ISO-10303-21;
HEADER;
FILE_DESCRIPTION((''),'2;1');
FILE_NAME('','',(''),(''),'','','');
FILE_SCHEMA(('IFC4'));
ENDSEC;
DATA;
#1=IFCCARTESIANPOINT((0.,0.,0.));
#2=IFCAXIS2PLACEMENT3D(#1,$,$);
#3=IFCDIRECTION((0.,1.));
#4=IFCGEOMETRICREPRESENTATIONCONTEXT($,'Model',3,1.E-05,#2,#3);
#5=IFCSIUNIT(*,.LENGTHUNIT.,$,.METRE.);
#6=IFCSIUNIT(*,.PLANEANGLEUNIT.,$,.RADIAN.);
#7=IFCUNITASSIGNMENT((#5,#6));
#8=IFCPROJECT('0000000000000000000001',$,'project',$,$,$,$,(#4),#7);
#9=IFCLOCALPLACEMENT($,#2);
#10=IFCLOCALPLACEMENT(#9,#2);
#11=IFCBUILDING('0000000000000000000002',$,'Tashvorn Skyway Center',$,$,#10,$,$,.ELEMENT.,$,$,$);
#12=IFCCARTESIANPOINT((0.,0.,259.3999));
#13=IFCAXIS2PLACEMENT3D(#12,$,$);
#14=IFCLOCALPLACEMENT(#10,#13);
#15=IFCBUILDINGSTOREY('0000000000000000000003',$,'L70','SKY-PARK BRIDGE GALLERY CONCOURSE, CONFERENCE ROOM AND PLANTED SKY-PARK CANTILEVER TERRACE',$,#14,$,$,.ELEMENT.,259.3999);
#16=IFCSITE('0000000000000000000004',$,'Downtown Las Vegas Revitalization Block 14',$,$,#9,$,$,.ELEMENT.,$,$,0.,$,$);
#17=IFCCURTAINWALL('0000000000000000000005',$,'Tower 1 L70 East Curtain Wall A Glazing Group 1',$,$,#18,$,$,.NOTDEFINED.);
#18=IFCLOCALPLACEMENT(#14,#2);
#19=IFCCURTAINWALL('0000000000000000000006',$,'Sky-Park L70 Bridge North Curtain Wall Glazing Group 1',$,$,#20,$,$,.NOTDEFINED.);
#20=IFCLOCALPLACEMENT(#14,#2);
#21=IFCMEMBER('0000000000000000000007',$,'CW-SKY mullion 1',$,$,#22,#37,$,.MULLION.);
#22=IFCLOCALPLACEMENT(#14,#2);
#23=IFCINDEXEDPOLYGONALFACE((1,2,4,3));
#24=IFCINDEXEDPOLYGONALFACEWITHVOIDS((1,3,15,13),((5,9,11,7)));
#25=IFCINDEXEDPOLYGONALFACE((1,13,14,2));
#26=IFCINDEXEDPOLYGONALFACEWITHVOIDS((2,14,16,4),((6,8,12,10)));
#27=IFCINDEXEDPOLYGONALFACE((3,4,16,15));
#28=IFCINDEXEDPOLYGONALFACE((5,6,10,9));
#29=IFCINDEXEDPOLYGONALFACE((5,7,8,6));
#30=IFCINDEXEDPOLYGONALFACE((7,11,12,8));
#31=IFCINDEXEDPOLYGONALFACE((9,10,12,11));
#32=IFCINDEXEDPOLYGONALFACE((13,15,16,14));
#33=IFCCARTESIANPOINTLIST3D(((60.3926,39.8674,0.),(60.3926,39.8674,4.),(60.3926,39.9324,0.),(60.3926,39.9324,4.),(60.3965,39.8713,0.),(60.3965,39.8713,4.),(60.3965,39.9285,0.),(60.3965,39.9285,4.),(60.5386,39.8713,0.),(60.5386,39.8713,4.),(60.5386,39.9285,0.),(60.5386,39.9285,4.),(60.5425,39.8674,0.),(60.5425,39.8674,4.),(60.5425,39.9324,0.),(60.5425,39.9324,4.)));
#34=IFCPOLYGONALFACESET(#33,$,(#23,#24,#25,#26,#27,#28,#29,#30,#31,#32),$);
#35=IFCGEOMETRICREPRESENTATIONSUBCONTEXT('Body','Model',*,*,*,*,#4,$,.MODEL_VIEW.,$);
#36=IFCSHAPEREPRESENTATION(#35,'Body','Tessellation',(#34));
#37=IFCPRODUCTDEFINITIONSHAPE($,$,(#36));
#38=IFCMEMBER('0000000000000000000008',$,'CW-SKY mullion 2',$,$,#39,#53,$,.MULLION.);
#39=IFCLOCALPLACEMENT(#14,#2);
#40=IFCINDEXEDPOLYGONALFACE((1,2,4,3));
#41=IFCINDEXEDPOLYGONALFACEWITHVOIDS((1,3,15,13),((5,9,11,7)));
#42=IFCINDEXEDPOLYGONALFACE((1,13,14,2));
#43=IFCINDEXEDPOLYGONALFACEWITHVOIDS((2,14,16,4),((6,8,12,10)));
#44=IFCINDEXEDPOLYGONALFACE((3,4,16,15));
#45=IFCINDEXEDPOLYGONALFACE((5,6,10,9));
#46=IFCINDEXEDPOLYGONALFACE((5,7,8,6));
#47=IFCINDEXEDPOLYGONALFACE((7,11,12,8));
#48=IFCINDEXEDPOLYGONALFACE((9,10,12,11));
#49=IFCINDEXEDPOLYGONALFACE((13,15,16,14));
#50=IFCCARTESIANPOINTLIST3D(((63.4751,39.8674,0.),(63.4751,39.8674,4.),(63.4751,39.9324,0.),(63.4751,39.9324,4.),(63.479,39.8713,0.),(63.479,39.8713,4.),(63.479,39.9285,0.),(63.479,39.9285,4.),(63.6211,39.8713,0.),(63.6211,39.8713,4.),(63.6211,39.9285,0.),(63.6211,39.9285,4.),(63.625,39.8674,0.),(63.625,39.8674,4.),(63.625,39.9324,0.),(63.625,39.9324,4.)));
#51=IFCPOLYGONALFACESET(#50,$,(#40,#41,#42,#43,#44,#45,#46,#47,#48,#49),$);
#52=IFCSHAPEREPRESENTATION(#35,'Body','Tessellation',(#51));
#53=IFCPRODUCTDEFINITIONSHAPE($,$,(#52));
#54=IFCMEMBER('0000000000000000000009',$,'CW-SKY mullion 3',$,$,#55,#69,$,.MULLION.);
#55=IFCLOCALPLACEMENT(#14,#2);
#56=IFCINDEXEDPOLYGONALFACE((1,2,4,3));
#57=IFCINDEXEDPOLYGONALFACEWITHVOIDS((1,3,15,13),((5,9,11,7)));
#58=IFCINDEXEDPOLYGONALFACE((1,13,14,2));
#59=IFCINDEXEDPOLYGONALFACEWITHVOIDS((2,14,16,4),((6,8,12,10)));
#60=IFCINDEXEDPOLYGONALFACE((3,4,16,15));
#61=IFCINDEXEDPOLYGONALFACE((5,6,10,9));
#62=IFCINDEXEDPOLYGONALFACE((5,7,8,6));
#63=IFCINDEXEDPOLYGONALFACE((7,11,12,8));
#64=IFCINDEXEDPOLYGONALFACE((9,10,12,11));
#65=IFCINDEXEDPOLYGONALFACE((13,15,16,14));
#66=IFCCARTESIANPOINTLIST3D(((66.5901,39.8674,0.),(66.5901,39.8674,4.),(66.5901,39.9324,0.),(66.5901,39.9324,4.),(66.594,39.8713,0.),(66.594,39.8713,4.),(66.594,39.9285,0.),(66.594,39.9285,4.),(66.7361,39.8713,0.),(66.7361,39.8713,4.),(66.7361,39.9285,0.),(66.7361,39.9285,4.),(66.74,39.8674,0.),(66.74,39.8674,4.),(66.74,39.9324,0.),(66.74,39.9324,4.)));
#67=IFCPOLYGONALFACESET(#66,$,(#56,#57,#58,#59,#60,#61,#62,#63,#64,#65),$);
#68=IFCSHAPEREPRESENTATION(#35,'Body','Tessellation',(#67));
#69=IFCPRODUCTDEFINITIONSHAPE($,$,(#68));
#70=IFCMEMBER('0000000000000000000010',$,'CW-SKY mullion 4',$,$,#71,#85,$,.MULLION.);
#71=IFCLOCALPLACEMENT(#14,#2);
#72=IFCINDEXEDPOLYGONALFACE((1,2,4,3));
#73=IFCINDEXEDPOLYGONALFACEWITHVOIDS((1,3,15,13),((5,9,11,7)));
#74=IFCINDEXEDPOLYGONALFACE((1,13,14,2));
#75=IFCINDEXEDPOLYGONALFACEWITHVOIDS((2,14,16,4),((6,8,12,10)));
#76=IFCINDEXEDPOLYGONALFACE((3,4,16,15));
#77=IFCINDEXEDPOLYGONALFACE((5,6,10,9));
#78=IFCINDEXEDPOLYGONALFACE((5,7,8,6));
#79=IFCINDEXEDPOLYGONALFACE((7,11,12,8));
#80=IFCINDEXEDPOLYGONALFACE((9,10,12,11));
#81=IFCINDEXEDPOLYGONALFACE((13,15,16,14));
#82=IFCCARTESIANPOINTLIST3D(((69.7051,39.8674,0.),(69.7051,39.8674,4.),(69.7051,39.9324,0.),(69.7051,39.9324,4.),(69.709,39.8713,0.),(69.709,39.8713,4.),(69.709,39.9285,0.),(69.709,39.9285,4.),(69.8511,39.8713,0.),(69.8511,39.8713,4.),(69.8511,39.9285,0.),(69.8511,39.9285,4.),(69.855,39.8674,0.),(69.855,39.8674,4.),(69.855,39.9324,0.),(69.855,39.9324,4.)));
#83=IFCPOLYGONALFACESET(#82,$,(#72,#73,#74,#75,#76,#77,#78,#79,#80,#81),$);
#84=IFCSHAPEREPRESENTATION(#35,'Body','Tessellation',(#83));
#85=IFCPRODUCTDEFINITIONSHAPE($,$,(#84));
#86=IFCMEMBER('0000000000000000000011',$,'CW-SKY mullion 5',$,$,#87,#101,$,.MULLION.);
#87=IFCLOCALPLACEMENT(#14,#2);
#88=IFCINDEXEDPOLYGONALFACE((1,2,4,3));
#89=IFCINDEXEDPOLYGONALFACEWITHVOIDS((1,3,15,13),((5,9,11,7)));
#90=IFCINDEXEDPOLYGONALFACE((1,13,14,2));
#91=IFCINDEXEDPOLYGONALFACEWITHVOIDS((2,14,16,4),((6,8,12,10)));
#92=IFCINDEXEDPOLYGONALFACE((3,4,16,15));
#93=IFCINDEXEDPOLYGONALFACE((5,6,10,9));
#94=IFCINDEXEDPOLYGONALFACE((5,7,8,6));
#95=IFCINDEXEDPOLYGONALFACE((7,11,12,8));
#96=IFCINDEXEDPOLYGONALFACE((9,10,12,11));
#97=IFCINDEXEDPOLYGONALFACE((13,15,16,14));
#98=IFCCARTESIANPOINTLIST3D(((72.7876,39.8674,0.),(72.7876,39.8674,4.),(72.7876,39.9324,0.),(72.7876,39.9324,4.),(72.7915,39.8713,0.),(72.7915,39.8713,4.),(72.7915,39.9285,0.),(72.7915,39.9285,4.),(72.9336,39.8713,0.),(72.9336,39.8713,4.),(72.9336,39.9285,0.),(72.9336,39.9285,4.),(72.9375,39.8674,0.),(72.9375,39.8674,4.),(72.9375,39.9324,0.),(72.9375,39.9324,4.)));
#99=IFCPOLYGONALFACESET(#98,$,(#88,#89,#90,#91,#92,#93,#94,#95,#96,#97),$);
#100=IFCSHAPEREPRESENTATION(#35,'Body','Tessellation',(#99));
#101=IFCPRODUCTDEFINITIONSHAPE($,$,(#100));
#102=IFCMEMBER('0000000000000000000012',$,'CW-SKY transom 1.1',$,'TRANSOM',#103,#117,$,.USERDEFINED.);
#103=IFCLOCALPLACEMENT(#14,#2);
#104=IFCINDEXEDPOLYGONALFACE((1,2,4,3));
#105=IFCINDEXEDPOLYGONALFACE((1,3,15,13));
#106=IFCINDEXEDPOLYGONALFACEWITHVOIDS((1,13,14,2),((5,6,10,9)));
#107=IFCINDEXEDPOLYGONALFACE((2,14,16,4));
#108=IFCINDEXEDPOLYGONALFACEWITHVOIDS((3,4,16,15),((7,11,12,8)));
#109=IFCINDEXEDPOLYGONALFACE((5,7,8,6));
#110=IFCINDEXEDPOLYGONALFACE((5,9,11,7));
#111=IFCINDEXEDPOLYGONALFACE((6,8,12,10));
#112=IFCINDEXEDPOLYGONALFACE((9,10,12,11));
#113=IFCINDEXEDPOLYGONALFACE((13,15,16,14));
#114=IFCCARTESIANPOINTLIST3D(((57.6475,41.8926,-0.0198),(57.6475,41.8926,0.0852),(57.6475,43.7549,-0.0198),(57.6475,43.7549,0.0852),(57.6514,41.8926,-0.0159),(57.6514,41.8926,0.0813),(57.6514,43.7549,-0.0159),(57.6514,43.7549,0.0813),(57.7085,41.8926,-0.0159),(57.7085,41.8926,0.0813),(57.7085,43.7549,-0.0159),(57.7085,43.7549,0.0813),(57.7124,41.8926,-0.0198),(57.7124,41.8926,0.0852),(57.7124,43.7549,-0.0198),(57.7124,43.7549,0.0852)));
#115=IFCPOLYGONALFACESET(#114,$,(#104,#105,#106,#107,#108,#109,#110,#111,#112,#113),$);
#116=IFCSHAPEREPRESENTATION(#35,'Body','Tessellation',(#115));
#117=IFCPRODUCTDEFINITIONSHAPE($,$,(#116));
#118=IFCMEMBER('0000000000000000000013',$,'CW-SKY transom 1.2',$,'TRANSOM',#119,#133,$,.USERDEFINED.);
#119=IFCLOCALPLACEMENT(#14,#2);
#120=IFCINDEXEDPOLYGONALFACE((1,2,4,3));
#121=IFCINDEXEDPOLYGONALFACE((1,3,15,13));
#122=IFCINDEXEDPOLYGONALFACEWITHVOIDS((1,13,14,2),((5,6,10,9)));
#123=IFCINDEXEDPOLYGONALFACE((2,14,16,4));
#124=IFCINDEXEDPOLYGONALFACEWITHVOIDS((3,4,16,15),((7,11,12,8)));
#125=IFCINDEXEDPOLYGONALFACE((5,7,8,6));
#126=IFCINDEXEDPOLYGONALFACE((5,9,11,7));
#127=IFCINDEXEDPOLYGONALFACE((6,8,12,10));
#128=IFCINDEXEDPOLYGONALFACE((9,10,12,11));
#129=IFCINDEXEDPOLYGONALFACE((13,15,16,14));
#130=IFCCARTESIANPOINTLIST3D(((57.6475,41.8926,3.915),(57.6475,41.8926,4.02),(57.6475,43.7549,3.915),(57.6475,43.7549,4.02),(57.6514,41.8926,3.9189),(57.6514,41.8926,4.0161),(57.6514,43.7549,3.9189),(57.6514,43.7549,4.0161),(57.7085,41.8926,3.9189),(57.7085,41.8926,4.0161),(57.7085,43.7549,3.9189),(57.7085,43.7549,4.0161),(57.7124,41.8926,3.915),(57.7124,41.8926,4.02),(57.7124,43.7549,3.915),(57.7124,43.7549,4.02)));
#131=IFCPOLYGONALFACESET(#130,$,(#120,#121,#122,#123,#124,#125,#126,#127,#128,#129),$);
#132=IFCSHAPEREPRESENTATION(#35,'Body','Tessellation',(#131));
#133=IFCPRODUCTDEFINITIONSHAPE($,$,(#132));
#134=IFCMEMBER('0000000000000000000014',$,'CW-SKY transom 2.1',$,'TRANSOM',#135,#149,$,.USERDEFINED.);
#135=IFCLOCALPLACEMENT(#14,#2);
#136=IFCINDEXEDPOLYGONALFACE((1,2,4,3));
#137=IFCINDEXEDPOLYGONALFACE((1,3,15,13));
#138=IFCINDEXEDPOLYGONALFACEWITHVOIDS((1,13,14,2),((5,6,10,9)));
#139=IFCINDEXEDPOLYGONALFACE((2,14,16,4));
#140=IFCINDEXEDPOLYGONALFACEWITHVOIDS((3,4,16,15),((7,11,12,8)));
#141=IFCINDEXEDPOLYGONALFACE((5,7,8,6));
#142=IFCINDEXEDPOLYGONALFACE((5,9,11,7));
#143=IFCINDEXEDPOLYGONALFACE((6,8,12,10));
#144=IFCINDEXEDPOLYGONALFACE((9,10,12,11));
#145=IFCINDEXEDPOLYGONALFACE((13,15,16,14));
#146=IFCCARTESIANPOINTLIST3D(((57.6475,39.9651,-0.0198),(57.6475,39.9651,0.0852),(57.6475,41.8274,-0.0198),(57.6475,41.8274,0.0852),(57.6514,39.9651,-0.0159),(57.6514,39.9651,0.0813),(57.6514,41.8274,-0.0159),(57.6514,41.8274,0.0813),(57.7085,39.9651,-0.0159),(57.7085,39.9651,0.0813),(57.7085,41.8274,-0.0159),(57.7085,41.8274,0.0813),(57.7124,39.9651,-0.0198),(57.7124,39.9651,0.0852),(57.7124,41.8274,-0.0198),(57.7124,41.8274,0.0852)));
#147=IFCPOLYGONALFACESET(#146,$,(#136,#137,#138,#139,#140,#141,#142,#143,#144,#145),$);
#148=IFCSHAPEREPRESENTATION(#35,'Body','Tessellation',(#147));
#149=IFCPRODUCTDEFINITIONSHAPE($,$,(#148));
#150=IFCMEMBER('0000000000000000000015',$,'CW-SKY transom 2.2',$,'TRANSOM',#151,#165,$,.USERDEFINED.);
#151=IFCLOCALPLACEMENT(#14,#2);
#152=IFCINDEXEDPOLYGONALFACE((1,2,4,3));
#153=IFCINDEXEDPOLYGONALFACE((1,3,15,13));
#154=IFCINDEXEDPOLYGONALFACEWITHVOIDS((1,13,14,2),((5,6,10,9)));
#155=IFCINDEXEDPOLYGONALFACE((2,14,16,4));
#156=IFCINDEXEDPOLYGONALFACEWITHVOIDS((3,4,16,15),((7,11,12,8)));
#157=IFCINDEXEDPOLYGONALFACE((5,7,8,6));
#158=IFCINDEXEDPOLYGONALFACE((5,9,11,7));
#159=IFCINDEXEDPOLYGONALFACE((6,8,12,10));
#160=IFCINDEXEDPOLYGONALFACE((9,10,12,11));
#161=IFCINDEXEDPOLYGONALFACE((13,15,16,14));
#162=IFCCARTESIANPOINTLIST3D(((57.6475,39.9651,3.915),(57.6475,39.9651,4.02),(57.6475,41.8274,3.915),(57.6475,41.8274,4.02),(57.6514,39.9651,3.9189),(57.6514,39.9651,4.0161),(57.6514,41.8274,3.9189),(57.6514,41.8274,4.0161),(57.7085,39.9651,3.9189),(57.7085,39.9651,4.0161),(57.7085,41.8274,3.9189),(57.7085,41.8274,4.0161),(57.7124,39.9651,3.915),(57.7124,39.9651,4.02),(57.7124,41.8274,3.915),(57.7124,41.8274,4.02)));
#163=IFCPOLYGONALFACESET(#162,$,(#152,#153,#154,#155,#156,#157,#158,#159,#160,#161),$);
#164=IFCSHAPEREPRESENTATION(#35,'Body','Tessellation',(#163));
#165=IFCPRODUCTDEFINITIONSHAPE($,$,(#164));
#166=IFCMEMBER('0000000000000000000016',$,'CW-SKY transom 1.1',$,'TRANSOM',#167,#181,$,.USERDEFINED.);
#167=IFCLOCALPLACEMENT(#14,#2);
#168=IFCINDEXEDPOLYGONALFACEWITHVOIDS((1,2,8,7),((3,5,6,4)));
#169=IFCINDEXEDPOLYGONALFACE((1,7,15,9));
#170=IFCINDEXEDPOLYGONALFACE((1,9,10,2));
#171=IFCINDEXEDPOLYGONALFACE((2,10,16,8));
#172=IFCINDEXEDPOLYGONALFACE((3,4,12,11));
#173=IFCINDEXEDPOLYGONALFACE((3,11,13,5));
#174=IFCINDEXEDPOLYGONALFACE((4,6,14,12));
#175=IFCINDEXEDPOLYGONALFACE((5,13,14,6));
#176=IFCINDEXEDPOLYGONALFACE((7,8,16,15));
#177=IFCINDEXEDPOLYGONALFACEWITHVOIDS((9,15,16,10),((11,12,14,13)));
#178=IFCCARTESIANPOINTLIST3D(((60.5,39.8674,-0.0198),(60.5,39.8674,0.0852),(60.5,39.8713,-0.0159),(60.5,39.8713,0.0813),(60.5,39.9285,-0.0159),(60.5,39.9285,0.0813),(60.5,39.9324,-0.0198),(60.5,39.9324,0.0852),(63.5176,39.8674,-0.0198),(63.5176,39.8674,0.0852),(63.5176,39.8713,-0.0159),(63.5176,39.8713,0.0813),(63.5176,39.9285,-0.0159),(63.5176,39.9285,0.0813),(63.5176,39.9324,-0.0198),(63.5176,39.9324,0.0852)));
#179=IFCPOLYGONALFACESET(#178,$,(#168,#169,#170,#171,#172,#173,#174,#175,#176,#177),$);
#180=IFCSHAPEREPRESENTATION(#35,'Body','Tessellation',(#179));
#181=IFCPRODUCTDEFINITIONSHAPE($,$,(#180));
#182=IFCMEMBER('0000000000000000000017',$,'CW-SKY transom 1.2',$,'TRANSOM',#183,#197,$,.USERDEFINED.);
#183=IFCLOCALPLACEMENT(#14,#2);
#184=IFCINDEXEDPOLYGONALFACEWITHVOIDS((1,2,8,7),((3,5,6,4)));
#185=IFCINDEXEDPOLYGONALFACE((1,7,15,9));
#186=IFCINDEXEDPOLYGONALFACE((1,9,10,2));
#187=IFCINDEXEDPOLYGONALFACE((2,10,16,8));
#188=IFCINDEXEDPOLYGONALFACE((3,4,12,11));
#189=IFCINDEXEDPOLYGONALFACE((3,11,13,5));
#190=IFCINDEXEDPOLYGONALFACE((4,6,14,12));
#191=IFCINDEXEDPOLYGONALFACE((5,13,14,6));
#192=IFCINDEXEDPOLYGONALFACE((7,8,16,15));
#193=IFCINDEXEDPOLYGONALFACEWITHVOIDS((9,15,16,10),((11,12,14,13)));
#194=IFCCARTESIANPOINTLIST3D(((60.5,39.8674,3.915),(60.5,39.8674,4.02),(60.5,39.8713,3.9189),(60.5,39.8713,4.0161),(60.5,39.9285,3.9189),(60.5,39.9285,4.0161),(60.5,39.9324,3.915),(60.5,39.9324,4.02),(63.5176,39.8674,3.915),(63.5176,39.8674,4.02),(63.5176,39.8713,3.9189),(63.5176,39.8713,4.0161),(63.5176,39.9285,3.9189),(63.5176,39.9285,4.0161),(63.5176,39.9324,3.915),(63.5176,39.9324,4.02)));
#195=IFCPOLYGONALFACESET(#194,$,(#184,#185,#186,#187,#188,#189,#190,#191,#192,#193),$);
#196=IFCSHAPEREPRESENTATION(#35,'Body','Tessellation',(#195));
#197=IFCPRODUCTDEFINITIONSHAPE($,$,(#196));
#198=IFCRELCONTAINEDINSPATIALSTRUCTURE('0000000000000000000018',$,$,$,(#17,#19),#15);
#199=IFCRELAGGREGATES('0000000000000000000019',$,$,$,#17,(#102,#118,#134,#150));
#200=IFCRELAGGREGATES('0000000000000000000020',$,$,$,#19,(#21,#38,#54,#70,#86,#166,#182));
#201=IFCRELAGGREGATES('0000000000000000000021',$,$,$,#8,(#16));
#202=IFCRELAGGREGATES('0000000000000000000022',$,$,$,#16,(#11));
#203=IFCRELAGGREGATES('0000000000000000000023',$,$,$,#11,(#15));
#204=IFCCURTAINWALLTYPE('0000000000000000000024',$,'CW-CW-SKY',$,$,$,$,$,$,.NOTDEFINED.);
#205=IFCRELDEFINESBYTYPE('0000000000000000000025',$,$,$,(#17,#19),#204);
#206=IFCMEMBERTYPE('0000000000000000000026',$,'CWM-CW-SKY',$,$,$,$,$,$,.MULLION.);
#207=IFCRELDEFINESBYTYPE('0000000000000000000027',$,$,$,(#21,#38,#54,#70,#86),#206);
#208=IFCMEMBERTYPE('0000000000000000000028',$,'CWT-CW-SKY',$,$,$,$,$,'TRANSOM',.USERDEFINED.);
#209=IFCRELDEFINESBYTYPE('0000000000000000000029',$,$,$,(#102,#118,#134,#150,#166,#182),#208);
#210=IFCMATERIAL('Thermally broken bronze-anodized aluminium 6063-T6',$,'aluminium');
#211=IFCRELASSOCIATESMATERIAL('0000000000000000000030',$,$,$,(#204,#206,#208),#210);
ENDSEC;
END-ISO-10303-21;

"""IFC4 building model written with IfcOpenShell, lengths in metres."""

from ifc_helpers import new_model, si_unit, direction, frame, origin, origin_2d, place, context, subcontext, project, spatial, hollow_rectangle, extrude, material, material_profile, profile_set, type_object, element, aggregate, save


model = new_model("IFC4")

# Units and contexts
model_context = context("Model", 3, precision=1e-05, world=origin(), true_north=direction((0.0, 1.0)))
body_context = subcontext(model_context, "Body", "Model", "MODEL_VIEW")
ifc_project = project(units=[si_unit("LENGTHUNIT", "METRE"), si_unit("PLANEANGLEUNIT", "RADIAN")], contexts=[model_context])

# Site, building, storey
site_placement = place(None, origin())
site = spatial("IfcSite", under=ifc_project, at=site_placement, Name="Downtown Las Vegas Revitalization Block 14", CompositionType="ELEMENT", RefElevation=0.0)
building_placement = place(site_placement, origin())
building = spatial("IfcBuilding", under=site, at=building_placement, Name="Tashvorn Skyway Center", CompositionType="ELEMENT")
storey_placement = place(building_placement, frame((0.0, 0.0, 259.3999)))
storey = spatial("IfcBuildingStorey", under=building, at=storey_placement, Name="L70", Description="SKY-PARK BRIDGE GALLERY CONCOURSE, CONFERENCE ROOM AND PLANTED SKY-PARK CANTILEVER TERRACE", CompositionType="ELEMENT", Elevation=259.3999)

# Curtain walls, members
ifc_material_1 = material(Name="Thermally broken bronze-anodized aluminium 6063-T6", Category="aluminium")
curtain_wall_type = type_object("IfcCurtainWallType", Name="CW-CW-SKY", PredefinedType="NOTDEFINED", material=ifc_material_1)
curtain_wall_1_placement = place(storey_placement, origin())
curtain_wall_1 = element("IfcCurtainWall", 1, at=curtain_wall_1_placement, inside=storey, type_object=curtain_wall_type, Name="Tower 1 L70 East Curtain Wall A Glazing Group 1", PredefinedType="NOTDEFINED")
ifc_material_profile_1 = material_profile(ifc_material_1, hollow_rectangle(XDim=0.0649, YDim=0.1499, WallThickness=0.0039, at=origin_2d()), Name="ALU-MULL-65x150")
ifc_profile_set_1 = profile_set([ifc_material_profile_1], Name="Thermally broken bronze-anodized aluminium 6063-T6")
member_type_1 = type_object("IfcMemberType", Name="CWM-CW-SKY", PredefinedType="MULLION", material=ifc_profile_set_1)
curtain_wall_2_placement = place(storey_placement, origin())
curtain_wall_2 = element("IfcCurtainWall", 2, at=curtain_wall_2_placement, inside=storey, type_object=curtain_wall_type, Name="Sky-Park L70 Bridge North Curtain Wall Glazing Group 1", PredefinedType="NOTDEFINED")
member_1_placement = place(storey_placement, frame((60.4675, 39.8999, 0.0), z_axis=(0.0, 0.0, 1.0), x_axis=(0.0, 1.0, 0.0)))
member_1 = element("IfcMember", 3, at=member_1_placement, type_object=member_type_1, Name="CW-SKY mullion 1", PredefinedType="MULLION", context=body_context, shape_type="SweptSolid", body=[
    extrude(hollow_rectangle(XDim=0.0649, YDim=0.1499, WallThickness=0.0039, at=origin_2d()), origin(), (0.0, 0.0, 1.0), 4.0),
])
member_2_placement = place(storey_placement, frame((63.55, 39.8999, 0.0), z_axis=(0.0, 0.0, 1.0), x_axis=(0.0, 1.0, 0.0)))
member_2 = element("IfcMember", 4, at=member_2_placement, type_object=member_type_1, Name="CW-SKY mullion 2", PredefinedType="MULLION", context=body_context, shape_type="SweptSolid", body=[
    extrude(hollow_rectangle(XDim=0.0649, YDim=0.1499, WallThickness=0.0039, at=origin_2d()), origin(), (0.0, 0.0, 1.0), 4.0),
])
member_3_placement = place(storey_placement, frame((66.665, 39.8999, 0.0), z_axis=(0.0, 0.0, 1.0), x_axis=(0.0, 1.0, 0.0)))
member_3 = element("IfcMember", 5, at=member_3_placement, type_object=member_type_1, Name="CW-SKY mullion 3", PredefinedType="MULLION", context=body_context, shape_type="SweptSolid", body=[
    extrude(hollow_rectangle(XDim=0.0649, YDim=0.1499, WallThickness=0.0039, at=origin_2d()), origin(), (0.0, 0.0, 1.0), 4.0),
])
member_4_placement = place(storey_placement, frame((69.78, 39.8999, 0.0), z_axis=(0.0, 0.0, 1.0), x_axis=(0.0, 1.0, 0.0)))
member_4 = element("IfcMember", 6, at=member_4_placement, type_object=member_type_1, Name="CW-SKY mullion 4", PredefinedType="MULLION", context=body_context, shape_type="SweptSolid", body=[
    extrude(hollow_rectangle(XDim=0.0649, YDim=0.1499, WallThickness=0.0039, at=origin_2d()), origin(), (0.0, 0.0, 1.0), 4.0),
])
member_5_placement = place(storey_placement, frame((72.8625, 39.8999, 0.0), z_axis=(0.0, 0.0, 1.0), x_axis=(0.0, 1.0, 0.0)))
member_5 = element("IfcMember", 7, at=member_5_placement, type_object=member_type_1, Name="CW-SKY mullion 5", PredefinedType="MULLION", context=body_context, shape_type="SweptSolid", body=[
    extrude(hollow_rectangle(XDim=0.0649, YDim=0.1499, WallThickness=0.0039, at=origin_2d()), origin(), (0.0, 0.0, 1.0), 4.0),
])

# Members
ifc_material_profile_2 = material_profile(ifc_material_1, hollow_rectangle(XDim=0.0649, YDim=0.105, WallThickness=0.0039, at=origin_2d()), Name="ALU-TRAN-65x105")
ifc_profile_set_2 = profile_set([ifc_material_profile_2], Name="Thermally broken bronze-anodized aluminium 6063-T6")
member_type_2 = type_object("IfcMemberType", Name="CWT-CW-SKY", ElementType="TRANSOM", PredefinedType="USERDEFINED", material=ifc_profile_set_2)
member_6_placement = place(storey_placement, frame((57.6799, 43.7549, 0.0327), z_axis=(0.0, -1.0, 0.0), x_axis=(1.0, 0.0, 0.0)))
member_6 = element("IfcMember", 8, at=member_6_placement, type_object=member_type_2, Name="CW-SKY transom 1.1", ObjectType="TRANSOM", PredefinedType="USERDEFINED", context=body_context, shape_type="SweptSolid", body=[
    extrude(hollow_rectangle(XDim=0.0649, YDim=0.105, WallThickness=0.0039, at=origin_2d()), origin(), (0.0, 0.0, 1.0), 1.8623),
])
member_7_placement = place(storey_placement, frame((57.6799, 43.7549, 3.9675), z_axis=(0.0, -1.0, 0.0), x_axis=(1.0, 0.0, 0.0)))
member_7 = element("IfcMember", 9, at=member_7_placement, type_object=member_type_2, Name="CW-SKY transom 1.2", ObjectType="TRANSOM", PredefinedType="USERDEFINED", context=body_context, shape_type="SweptSolid", body=[
    extrude(hollow_rectangle(XDim=0.0649, YDim=0.105, WallThickness=0.0039, at=origin_2d()), origin(), (0.0, 0.0, 1.0), 1.8623),
])
member_8_placement = place(storey_placement, frame((57.6799, 41.8274, 0.0327), z_axis=(0.0, -1.0, 0.0), x_axis=(1.0, 0.0, 0.0)))
member_8 = element("IfcMember", 10, at=member_8_placement, type_object=member_type_2, Name="CW-SKY transom 2.1", ObjectType="TRANSOM", PredefinedType="USERDEFINED", context=body_context, shape_type="SweptSolid", body=[
    extrude(hollow_rectangle(XDim=0.0649, YDim=0.105, WallThickness=0.0039, at=origin_2d()), origin(), (0.0, 0.0, 1.0), 1.8623),
])
member_9_placement = place(storey_placement, frame((57.6799, 41.8274, 3.9675), z_axis=(0.0, -1.0, 0.0), x_axis=(1.0, 0.0, 0.0)))
member_9 = element("IfcMember", 11, at=member_9_placement, type_object=member_type_2, Name="CW-SKY transom 2.2", ObjectType="TRANSOM", PredefinedType="USERDEFINED", context=body_context, shape_type="SweptSolid", body=[
    extrude(hollow_rectangle(XDim=0.0649, YDim=0.105, WallThickness=0.0039, at=origin_2d()), origin(), (0.0, 0.0, 1.0), 1.8623),
])
member_10_placement = place(storey_placement, frame((60.5, 39.8999, 0.0327), z_axis=(1.0, 0.0, 0.0), x_axis=(0.0, 1.0, 0.0)))
member_10 = element("IfcMember", 12, at=member_10_placement, type_object=member_type_2, Name="CW-SKY transom 1.1", ObjectType="TRANSOM", PredefinedType="USERDEFINED", context=body_context, shape_type="SweptSolid", body=[
    extrude(hollow_rectangle(XDim=0.0649, YDim=0.105, WallThickness=0.0039, at=origin_2d()), origin(), (0.0, 0.0, 1.0), 3.0176),
])
member_11_placement = place(storey_placement, frame((60.5, 39.8999, 3.9675), z_axis=(1.0, 0.0, 0.0), x_axis=(0.0, 1.0, 0.0)))
member_11 = element("IfcMember", 13, at=member_11_placement, type_object=member_type_2, Name="CW-SKY transom 1.2", ObjectType="TRANSOM", PredefinedType="USERDEFINED", context=body_context, shape_type="SweptSolid", body=[
    extrude(hollow_rectangle(XDim=0.0649, YDim=0.105, WallThickness=0.0039, at=origin_2d()), origin(), (0.0, 0.0, 1.0), 3.0176),
])

aggregate(curtain_wall_1, [member_6, member_7, member_8, member_9])
aggregate(curtain_wall_2, [member_1, member_2, member_3, member_4, member_5, member_10, member_11])

save(model, "model.ifc")
